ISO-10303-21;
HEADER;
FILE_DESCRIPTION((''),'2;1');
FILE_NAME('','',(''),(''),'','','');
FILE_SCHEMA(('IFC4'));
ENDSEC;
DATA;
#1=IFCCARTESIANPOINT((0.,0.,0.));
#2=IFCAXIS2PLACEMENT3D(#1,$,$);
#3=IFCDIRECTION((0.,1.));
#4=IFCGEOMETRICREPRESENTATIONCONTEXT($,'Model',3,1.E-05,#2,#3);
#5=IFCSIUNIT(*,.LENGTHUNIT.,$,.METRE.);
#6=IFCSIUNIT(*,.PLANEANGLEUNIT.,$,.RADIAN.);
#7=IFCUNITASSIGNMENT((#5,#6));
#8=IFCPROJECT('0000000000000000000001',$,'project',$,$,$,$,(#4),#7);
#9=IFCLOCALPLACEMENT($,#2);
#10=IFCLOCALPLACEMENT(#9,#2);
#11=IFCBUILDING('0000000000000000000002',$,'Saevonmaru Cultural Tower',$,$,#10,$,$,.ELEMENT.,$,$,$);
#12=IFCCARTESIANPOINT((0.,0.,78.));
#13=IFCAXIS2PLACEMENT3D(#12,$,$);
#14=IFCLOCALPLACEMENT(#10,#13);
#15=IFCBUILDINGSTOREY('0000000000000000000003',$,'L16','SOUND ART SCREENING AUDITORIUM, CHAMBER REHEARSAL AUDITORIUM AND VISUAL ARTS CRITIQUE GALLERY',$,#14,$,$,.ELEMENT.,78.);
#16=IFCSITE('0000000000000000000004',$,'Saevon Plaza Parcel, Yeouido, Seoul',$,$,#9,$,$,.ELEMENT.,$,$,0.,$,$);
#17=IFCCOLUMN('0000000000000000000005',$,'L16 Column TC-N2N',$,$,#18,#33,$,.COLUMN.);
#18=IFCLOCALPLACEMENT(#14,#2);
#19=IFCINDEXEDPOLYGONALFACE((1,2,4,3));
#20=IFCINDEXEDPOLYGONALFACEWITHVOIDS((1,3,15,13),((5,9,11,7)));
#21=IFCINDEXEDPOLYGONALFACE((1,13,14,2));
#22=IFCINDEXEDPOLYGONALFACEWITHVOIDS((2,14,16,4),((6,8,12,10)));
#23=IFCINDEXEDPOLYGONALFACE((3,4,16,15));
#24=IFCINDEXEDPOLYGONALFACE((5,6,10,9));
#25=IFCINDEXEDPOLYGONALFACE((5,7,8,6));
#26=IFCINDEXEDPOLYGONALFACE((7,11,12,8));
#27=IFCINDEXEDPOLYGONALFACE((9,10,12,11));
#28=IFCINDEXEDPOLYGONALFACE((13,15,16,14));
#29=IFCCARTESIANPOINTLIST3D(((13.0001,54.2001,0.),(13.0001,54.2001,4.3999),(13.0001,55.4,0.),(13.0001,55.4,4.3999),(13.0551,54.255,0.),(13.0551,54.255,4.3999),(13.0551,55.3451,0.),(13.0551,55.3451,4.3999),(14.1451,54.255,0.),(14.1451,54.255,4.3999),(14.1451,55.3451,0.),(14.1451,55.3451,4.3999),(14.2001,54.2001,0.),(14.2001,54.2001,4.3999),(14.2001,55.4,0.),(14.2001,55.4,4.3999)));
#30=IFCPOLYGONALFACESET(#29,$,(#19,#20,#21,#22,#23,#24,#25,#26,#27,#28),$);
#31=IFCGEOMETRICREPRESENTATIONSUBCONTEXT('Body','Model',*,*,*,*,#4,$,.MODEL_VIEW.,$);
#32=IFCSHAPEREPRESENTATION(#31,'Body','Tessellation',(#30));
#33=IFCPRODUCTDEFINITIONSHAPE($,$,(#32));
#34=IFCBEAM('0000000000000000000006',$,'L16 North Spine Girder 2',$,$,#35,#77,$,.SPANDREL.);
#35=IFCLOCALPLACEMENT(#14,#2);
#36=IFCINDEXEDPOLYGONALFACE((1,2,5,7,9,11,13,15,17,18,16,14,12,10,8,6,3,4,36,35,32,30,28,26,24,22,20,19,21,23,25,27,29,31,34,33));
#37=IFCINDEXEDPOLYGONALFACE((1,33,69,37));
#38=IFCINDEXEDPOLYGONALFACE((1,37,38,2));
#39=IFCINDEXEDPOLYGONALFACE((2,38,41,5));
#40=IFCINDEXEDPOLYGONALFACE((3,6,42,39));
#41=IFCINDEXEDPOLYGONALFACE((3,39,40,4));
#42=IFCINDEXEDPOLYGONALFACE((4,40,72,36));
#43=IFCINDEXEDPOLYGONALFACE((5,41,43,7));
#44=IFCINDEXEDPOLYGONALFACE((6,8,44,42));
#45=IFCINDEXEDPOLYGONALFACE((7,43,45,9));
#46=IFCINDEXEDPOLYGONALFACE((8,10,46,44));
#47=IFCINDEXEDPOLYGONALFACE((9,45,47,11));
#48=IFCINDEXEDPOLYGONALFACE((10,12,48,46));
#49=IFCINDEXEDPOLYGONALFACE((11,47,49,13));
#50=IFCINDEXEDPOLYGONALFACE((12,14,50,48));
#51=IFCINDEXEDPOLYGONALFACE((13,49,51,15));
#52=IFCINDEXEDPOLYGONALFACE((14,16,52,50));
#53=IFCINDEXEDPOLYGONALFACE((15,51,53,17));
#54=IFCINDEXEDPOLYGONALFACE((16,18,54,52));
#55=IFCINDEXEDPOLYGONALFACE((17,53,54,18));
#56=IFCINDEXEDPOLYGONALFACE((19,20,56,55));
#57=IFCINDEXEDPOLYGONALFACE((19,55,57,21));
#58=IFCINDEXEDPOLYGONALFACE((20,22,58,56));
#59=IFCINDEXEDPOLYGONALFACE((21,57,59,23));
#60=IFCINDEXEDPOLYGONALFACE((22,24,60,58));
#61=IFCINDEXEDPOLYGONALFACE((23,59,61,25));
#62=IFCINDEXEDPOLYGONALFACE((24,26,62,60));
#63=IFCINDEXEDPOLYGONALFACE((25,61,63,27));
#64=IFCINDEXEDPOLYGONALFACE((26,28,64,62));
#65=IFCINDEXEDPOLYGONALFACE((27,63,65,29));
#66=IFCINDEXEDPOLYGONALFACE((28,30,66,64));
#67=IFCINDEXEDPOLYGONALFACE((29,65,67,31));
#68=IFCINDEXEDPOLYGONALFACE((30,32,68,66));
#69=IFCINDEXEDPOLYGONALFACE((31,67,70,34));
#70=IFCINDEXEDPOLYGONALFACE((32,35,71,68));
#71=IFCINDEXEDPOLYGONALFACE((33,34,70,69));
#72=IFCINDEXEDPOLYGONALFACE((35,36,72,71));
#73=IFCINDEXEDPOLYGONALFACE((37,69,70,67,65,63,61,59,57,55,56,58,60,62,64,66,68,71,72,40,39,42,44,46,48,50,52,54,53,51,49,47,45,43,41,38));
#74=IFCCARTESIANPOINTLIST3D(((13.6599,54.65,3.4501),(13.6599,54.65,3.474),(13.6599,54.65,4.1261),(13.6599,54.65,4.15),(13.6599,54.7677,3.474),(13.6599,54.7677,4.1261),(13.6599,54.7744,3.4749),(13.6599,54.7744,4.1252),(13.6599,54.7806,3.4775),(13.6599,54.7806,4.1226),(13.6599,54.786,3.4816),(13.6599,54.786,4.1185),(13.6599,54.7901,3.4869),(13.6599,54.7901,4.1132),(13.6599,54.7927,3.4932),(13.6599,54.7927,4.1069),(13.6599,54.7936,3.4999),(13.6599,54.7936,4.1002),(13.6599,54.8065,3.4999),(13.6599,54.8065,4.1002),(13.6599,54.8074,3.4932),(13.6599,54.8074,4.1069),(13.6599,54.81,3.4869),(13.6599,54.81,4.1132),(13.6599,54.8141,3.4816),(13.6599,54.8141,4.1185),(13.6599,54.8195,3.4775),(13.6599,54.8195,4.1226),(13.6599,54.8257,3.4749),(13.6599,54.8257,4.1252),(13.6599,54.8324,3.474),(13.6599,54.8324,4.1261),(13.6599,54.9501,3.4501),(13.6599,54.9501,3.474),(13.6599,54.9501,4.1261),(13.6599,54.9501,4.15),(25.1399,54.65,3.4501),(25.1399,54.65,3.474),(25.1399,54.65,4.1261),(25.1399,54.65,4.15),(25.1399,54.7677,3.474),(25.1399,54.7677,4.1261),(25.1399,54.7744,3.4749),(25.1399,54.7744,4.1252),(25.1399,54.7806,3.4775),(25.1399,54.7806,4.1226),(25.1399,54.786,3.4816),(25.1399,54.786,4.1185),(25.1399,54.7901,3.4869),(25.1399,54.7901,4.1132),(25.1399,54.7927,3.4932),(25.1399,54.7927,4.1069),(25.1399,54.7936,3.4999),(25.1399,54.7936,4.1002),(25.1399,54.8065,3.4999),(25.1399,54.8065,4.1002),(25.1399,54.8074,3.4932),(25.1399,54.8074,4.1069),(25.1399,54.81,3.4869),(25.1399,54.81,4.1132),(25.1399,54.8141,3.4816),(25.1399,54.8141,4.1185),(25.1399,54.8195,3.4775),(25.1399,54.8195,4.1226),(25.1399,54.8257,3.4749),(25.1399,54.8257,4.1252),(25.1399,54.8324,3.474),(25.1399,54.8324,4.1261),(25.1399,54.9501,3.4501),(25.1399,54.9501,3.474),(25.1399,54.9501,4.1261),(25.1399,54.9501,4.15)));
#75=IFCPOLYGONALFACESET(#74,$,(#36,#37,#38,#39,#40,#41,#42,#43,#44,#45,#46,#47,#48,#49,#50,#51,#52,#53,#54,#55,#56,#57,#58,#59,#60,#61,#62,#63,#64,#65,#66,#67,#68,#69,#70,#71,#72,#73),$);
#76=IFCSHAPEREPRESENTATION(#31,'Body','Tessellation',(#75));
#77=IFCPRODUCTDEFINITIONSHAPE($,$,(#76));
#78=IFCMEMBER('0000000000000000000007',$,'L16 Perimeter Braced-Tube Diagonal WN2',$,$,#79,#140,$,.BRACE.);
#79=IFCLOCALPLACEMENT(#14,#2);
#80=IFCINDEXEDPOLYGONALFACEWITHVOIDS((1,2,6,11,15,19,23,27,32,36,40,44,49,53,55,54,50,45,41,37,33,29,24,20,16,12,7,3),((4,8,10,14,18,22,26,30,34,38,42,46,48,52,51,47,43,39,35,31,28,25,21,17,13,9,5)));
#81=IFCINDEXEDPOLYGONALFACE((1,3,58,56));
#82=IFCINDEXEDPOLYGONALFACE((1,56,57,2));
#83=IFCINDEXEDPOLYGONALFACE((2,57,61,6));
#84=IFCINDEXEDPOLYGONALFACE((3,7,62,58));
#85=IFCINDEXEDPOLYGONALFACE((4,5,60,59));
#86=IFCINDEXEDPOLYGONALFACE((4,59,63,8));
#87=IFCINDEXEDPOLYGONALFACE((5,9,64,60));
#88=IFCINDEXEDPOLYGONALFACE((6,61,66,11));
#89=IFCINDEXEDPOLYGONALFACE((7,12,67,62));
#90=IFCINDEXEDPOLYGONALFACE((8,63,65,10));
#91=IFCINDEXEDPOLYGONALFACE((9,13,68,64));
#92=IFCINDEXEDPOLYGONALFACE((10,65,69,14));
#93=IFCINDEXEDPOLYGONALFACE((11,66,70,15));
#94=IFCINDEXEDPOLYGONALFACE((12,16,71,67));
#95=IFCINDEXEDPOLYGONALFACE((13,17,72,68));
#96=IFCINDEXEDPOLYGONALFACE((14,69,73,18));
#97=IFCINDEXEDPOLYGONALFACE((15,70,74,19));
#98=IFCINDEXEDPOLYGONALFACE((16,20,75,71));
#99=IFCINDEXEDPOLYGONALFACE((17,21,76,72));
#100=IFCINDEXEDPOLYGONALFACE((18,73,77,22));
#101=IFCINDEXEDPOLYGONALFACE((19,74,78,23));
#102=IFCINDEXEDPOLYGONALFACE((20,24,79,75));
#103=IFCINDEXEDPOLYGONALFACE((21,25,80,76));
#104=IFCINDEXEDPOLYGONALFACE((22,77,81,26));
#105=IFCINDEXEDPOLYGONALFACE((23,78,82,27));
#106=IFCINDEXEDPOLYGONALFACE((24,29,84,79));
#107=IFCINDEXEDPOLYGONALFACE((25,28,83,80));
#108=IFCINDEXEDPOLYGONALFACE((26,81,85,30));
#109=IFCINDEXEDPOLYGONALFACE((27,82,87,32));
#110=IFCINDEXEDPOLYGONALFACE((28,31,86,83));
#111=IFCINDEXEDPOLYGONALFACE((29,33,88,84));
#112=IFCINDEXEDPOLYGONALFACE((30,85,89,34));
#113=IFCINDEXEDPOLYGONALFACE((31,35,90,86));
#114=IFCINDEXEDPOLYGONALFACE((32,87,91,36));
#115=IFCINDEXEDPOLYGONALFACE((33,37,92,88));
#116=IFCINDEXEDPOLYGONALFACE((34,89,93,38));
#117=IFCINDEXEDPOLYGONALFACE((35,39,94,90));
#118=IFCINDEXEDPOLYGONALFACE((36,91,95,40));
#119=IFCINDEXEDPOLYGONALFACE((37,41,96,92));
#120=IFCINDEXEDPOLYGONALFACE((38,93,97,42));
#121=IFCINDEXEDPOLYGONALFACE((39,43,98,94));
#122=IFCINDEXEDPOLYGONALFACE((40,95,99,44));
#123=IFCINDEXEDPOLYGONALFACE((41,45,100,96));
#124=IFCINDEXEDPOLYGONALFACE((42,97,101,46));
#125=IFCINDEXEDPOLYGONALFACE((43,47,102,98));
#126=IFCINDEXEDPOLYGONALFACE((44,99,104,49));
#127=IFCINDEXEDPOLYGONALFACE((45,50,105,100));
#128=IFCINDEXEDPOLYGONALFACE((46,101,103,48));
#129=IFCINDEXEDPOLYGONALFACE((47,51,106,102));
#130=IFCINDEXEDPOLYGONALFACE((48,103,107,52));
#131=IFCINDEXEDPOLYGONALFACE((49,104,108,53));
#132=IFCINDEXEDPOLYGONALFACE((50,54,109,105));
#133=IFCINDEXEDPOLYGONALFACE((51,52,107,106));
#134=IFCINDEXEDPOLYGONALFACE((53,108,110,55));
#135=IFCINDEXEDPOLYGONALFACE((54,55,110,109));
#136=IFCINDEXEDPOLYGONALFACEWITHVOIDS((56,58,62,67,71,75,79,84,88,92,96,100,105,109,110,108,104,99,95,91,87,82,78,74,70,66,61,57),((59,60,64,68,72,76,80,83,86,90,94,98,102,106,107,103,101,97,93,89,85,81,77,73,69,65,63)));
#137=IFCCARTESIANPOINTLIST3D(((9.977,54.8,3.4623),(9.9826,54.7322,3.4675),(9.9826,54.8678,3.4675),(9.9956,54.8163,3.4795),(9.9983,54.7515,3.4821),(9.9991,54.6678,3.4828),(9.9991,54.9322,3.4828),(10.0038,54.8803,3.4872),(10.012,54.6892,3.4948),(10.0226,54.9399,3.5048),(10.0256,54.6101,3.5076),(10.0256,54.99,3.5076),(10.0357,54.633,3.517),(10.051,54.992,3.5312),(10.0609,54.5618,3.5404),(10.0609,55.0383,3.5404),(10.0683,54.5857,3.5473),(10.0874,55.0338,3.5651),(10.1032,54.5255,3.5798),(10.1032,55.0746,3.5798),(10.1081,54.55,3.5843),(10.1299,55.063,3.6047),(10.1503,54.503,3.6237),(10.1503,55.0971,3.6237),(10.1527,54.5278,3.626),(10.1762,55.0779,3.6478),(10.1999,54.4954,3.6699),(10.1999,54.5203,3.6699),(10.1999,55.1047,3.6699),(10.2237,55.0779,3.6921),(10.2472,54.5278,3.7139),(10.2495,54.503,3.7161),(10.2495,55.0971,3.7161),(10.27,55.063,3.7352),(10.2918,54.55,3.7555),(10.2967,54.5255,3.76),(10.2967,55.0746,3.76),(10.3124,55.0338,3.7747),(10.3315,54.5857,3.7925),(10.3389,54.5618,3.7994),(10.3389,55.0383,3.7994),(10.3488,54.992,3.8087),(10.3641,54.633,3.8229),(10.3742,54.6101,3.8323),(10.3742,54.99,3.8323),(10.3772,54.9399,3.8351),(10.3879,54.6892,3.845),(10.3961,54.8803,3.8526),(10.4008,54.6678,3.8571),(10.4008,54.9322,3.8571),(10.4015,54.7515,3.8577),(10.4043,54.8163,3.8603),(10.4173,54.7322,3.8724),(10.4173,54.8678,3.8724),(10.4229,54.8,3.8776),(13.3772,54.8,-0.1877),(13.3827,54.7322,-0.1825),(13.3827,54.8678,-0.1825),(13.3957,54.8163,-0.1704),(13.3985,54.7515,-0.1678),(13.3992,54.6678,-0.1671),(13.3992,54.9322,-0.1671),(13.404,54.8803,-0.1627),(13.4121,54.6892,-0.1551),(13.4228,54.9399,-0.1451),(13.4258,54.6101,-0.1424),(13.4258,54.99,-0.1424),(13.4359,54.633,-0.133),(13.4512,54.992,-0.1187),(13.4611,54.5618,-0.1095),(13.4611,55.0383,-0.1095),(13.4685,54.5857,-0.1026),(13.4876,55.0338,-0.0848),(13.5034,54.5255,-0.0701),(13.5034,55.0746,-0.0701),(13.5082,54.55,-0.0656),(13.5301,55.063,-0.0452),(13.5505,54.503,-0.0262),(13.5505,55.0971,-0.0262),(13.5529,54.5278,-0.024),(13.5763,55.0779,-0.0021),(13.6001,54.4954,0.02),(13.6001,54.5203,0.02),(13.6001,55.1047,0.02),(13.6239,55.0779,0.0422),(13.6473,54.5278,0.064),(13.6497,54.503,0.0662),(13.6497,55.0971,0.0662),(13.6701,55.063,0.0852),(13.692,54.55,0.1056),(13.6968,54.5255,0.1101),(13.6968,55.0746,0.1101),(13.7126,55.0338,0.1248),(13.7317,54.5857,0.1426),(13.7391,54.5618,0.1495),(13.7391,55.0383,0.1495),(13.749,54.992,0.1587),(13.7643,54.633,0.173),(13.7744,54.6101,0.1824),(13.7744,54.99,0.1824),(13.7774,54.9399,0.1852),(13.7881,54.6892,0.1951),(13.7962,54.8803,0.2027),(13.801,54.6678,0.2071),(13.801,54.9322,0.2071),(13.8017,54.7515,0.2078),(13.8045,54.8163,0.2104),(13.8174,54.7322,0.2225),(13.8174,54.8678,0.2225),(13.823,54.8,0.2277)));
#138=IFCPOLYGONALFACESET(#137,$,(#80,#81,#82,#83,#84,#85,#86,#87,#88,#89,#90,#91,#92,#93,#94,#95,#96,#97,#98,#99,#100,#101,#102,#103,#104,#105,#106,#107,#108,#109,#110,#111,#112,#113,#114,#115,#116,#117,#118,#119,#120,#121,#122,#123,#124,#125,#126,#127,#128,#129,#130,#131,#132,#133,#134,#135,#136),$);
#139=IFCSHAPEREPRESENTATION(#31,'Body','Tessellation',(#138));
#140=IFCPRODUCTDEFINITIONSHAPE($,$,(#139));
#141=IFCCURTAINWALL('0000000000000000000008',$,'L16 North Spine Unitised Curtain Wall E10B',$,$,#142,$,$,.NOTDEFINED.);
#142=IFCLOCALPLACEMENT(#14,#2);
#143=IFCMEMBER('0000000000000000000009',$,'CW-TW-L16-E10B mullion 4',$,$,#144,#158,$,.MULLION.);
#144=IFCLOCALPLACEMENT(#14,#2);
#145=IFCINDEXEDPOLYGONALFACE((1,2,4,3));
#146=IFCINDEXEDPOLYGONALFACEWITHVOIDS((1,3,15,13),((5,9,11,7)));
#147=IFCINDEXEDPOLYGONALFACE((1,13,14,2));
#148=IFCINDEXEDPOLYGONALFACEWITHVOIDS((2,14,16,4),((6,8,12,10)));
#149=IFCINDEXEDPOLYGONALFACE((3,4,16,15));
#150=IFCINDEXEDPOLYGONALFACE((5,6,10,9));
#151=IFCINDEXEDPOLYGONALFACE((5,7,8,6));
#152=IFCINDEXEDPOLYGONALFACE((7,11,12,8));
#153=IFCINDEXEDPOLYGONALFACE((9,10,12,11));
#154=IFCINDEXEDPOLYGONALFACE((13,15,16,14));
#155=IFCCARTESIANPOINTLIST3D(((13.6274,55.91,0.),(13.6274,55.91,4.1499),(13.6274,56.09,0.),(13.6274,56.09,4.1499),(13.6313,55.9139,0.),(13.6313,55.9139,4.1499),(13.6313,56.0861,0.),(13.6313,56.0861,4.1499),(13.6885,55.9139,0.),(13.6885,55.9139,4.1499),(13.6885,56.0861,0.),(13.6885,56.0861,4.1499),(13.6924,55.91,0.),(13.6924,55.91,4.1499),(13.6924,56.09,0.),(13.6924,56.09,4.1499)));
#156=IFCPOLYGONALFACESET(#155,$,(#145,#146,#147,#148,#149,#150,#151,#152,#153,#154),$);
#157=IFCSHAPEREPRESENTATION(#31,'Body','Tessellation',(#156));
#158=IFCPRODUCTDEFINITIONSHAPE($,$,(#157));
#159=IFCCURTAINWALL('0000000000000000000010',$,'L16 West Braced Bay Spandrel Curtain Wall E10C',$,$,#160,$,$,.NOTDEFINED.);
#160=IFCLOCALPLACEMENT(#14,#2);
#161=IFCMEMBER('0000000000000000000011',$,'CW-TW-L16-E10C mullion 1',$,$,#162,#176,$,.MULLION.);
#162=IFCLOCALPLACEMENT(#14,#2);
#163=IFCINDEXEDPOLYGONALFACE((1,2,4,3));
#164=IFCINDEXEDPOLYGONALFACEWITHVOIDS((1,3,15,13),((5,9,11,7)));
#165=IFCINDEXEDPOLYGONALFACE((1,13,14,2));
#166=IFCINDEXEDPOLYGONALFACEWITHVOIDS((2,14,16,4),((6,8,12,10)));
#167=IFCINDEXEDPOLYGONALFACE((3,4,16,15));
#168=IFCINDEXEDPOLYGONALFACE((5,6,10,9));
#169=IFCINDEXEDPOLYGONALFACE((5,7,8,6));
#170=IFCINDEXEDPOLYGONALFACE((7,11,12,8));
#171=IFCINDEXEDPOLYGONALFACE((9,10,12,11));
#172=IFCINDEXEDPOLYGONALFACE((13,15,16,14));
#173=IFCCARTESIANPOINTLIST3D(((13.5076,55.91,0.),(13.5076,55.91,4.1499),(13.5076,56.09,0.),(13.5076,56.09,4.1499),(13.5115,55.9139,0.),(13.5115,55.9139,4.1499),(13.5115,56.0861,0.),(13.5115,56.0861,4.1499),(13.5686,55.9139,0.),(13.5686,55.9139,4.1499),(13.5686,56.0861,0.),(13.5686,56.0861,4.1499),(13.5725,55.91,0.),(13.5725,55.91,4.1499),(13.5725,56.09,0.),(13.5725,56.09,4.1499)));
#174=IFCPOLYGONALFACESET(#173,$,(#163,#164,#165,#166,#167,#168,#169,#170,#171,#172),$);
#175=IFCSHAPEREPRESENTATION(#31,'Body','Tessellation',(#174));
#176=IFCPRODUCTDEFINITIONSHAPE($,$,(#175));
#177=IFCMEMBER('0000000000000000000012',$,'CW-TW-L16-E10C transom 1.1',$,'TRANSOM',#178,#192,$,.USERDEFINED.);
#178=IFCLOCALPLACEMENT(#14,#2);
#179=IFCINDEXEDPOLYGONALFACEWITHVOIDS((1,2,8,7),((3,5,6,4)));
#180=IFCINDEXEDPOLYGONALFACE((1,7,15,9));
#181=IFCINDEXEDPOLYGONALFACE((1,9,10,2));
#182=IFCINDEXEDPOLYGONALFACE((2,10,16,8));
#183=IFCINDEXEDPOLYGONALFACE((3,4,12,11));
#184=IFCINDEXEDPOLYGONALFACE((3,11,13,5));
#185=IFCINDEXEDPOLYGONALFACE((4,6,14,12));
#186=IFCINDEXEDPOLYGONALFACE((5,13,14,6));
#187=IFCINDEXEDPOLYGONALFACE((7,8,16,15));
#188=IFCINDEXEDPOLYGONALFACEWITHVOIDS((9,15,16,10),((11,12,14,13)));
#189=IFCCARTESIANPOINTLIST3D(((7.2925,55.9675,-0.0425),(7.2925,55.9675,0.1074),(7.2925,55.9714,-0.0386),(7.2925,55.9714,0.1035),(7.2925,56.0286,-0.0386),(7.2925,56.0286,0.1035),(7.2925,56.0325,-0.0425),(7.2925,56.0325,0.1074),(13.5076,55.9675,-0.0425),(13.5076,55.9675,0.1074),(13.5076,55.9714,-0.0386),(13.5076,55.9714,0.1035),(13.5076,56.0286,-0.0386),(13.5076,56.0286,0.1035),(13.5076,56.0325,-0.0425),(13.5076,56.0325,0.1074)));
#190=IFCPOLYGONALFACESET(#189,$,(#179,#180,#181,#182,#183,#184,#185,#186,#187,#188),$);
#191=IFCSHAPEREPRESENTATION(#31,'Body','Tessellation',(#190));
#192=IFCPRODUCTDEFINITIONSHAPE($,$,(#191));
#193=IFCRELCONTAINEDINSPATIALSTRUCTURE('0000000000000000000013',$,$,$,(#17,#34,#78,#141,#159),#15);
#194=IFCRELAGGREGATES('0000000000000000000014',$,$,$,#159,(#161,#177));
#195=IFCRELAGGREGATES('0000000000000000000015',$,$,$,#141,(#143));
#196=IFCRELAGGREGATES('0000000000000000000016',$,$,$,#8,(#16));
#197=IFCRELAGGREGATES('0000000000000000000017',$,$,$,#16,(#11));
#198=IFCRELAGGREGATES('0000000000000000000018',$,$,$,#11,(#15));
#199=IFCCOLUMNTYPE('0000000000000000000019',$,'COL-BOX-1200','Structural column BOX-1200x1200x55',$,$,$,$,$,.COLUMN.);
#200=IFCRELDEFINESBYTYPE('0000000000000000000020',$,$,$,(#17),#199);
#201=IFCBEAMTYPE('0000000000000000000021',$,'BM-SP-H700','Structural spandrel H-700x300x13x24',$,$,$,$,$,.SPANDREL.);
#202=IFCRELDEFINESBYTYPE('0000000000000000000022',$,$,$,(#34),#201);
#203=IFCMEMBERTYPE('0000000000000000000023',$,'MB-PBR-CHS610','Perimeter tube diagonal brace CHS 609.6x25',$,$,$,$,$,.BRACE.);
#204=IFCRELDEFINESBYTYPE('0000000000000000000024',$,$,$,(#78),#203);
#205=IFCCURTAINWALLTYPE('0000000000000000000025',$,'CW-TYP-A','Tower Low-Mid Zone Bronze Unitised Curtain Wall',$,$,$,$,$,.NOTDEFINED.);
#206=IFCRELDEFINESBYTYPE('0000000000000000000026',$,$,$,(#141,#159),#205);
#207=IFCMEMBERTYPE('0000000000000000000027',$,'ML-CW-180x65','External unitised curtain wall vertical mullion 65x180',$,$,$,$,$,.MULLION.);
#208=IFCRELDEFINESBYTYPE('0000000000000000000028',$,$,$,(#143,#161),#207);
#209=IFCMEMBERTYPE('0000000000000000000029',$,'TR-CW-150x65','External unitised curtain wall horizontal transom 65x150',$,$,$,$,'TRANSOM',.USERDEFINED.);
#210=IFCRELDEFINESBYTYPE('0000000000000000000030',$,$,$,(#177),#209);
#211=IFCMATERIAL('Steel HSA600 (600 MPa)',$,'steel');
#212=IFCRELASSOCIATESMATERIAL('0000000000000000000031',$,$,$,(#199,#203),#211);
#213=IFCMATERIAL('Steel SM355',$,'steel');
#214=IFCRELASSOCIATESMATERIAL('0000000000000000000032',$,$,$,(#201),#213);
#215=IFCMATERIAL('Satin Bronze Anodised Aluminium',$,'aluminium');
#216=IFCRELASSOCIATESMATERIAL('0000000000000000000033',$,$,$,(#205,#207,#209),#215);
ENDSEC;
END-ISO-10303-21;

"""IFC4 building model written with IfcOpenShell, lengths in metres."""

from ifc_helpers import new_model, si_unit, direction, frame, origin, origin_2d, place, context, subcontext, project, spatial, hollow_rectangle, hollow_circle, i_section, extrude, material, material_profile, profile_set, type_object, element, aggregate, save


model = new_model("IFC4")

# Units and contexts
model_context = context("Model", 3, precision=1e-05, world=origin(), true_north=direction((0.0, 1.0)))
body_context = subcontext(model_context, "Body", "Model", "MODEL_VIEW")
ifc_project = project(units=[si_unit("LENGTHUNIT", "METRE"), si_unit("PLANEANGLEUNIT", "RADIAN")], contexts=[model_context])

# Site, building, storey
site_placement = place(None, origin())
site = spatial("IfcSite", under=ifc_project, at=site_placement, Name="Saevon Plaza Parcel, Yeouido, Seoul", CompositionType="ELEMENT", RefElevation=0.0)
building_placement = place(site_placement, origin())
building = spatial("IfcBuilding", under=site, at=building_placement, Name="Saevonmaru Cultural Tower", CompositionType="ELEMENT")
storey_placement = place(building_placement, frame((0.0, 0.0, 78.0)))
storey = spatial("IfcBuildingStorey", under=building, at=storey_placement, Name="L16", Description="SOUND ART SCREENING AUDITORIUM, CHAMBER REHEARSAL AUDITORIUM AND VISUAL ARTS CRITIQUE GALLERY", CompositionType="ELEMENT", Elevation=78.0)

# Column
ifc_material_1 = material(Name="Steel HSA600 (600 MPa)", Category="steel")
ifc_material_profile_1 = material_profile(ifc_material_1, hollow_rectangle(XDim=1.2, YDim=1.2, WallThickness=0.0549, at=origin_2d()), Name="BOX-1200x1200x55")
ifc_profile_set_1 = profile_set([ifc_material_profile_1], Name="Steel HSA600 (600 MPa)")
column_type = type_object("IfcColumnType", Name="COL-BOX-1200", Description="Structural column BOX-1200x1200x55", PredefinedType="COLUMN", material=ifc_profile_set_1)
column_placement = place(storey_placement, frame((13.6001, 54.8, 0.0), z_axis=(0.0, 0.0, 1.0), x_axis=(1.0, 0.0, 0.0)))
element("IfcColumn", 1, at=column_placement, inside=storey, type_object=column_type, Name="L16 Column TC-N2N", PredefinedType="COLUMN", context=body_context, shape_type="SweptSolid", body=[
    extrude(hollow_rectangle(XDim=1.2, YDim=1.2, WallThickness=0.0549, at=origin_2d()), origin(), (0.0, 0.0, 1.0), 4.3999),
])

# Beam
ifc_material_2 = material(Name="Steel SM355", Category="steel")
ifc_material_profile_2 = material_profile(ifc_material_2, i_section(OverallWidth=0.3, OverallDepth=0.7, WebThickness=0.0129, FlangeThickness=0.0239, FilletRadius=0.0259, at=origin_2d()), Name="H-700x300x13x24")
ifc_profile_set_2 = profile_set([ifc_material_profile_2], Name="Steel SM355")
beam_type = type_object("IfcBeamType", Name="BM-SP-H700", Description="Structural spandrel H-700x300x13x24", PredefinedType="SPANDREL", material=ifc_profile_set_2)
beam_placement = place(storey_placement, frame((13.6599, 54.8, 3.8), z_axis=(1.0, 0.0, 0.0), x_axis=(0.0, 1.0, 0.0)))
element("IfcBeam", 2, at=beam_placement, inside=storey, type_object=beam_type, Name="L16 North Spine Girder 2", PredefinedType="SPANDREL", context=body_context, shape_type="SweptSolid", body=[
    extrude(i_section(OverallWidth=0.3, OverallDepth=0.7, WebThickness=0.0129, FlangeThickness=0.0239, FilletRadius=0.0259, at=origin_2d()), origin(), (0.0, 0.0, 1.0), 11.48),
])

# Member
ifc_material_profile_3 = material_profile(ifc_material_1, hollow_circle(Radius=0.3047, WallThickness=0.0249, at=origin_2d()), Name="CHS-609.6x25")
ifc_profile_set_3 = profile_set([ifc_material_profile_3], Name="Steel HSA600 (600 MPa)")
member_type_1 = type_object("IfcMemberType", Name="MB-PBR-CHS610", Description="Perimeter tube diagonal brace CHS 609.6x25", PredefinedType="BRACE", material=ifc_profile_set_3)
member_1_placement = place(storey_placement, frame((13.6001, 54.8, 0.02), z_axis=(-0.681629, 0.0, 0.731698), x_axis=(0.0, -1.0, 0.0)))
element("IfcMember", 3, at=member_1_placement, inside=storey, type_object=member_type_1, Name="L16 Perimeter Braced-Tube Diagonal WN2", PredefinedType="BRACE", context=body_context, shape_type="SweptSolid", body=[
    extrude(hollow_circle(Radius=0.3047, WallThickness=0.0249, at=origin_2d()), origin(), (0.0, 0.0, 1.0), 4.9883),
])

# Curtain wall, member
ifc_material_3 = material(Name="Satin Bronze Anodised Aluminium", Category="aluminium")
curtain_wall_type = type_object("IfcCurtainWallType", Name="CW-TYP-A", Description="Tower Low-Mid Zone Bronze Unitised Curtain Wall", PredefinedType="NOTDEFINED", material=ifc_material_3)
curtain_wall_1_placement = place(storey_placement, origin())
curtain_wall_1 = element("IfcCurtainWall", 4, at=curtain_wall_1_placement, inside=storey, type_object=curtain_wall_type, Name="L16 North Spine Unitised Curtain Wall E10B", PredefinedType="NOTDEFINED")
ifc_material_profile_4 = material_profile(ifc_material_3, hollow_rectangle(XDim=0.0649, YDim=0.1799, WallThickness=0.0039, at=origin_2d()), Name="ALU-MULL-180x65x4")
ifc_profile_set_4 = profile_set([ifc_material_profile_4], Name="Satin Bronze Anodised Aluminium")
member_type_2 = type_object("IfcMemberType", Name="ML-CW-180x65", Description="External unitised curtain wall vertical mullion 65x180", PredefinedType="MULLION", material=ifc_profile_set_4)
member_2_placement = place(storey_placement, frame((13.6599, 56.0, 0.0), z_axis=(0.0, 0.0, 1.0), x_axis=(-1.0, 0.0, 0.0)))
member_2 = element("IfcMember", 5, at=member_2_placement, type_object=member_type_2, Name="CW-TW-L16-E10B mullion 4", PredefinedType="MULLION", context=body_context, shape_type="SweptSolid", body=[
    extrude(hollow_rectangle(XDim=0.0649, YDim=0.1799, WallThickness=0.0039, at=origin_2d()), origin(), (0.0, 0.0, 1.0), 4.1499),
])

# Curtain wall, members
curtain_wall_2_placement = place(storey_placement, origin())
curtain_wall_2 = element("IfcCurtainWall", 6, at=curtain_wall_2_placement, inside=storey, type_object=curtain_wall_type, Name="L16 West Braced Bay Spandrel Curtain Wall E10C", PredefinedType="NOTDEFINED")
member_3_placement = place(storey_placement, frame((13.54, 56.0, 0.0), z_axis=(0.0, 0.0, 1.0), x_axis=(-1.0, 0.0, 0.0)))
member_3 = element("IfcMember", 7, at=member_3_placement, type_object=member_type_2, Name="CW-TW-L16-E10C mullion 1", PredefinedType="MULLION", context=body_context, shape_type="SweptSolid", body=[
    extrude(hollow_rectangle(XDim=0.0649, YDim=0.1799, WallThickness=0.0039, at=origin_2d()), origin(), (0.0, 0.0, 1.0), 4.1499),
])
ifc_material_profile_5 = material_profile(ifc_material_3, hollow_rectangle(XDim=0.0649, YDim=0.1499, WallThickness=0.0039, at=origin_2d()), Name="ALU-TRAN-150x65x4")
ifc_profile_set_5 = profile_set([ifc_material_profile_5], Name="Satin Bronze Anodised Aluminium")
member_type_3 = type_object("IfcMemberType", Name="TR-CW-150x65", Description="External unitised curtain wall horizontal transom 65x150", ElementType="TRANSOM", PredefinedType="USERDEFINED", material=ifc_profile_set_5)
member_4_placement = place(storey_placement, frame((13.5076, 56.0, 0.0325), z_axis=(-1.0, 0.0, 0.0), x_axis=(0.0, -1.0, 0.0)))
member_4 = element("IfcMember", 8, at=member_4_placement, type_object=member_type_3, Name="CW-TW-L16-E10C transom 1.1", ObjectType="TRANSOM", PredefinedType="USERDEFINED", context=body_context, shape_type="SweptSolid", body=[
    extrude(hollow_rectangle(XDim=0.0649, YDim=0.1499, WallThickness=0.0039, at=origin_2d()), origin(), (0.0, 0.0, 1.0), 6.2151),
])
aggregate(curtain_wall_2, [member_3, member_4])

aggregate(curtain_wall_1, [member_2])

save(model, "model.ifc")
